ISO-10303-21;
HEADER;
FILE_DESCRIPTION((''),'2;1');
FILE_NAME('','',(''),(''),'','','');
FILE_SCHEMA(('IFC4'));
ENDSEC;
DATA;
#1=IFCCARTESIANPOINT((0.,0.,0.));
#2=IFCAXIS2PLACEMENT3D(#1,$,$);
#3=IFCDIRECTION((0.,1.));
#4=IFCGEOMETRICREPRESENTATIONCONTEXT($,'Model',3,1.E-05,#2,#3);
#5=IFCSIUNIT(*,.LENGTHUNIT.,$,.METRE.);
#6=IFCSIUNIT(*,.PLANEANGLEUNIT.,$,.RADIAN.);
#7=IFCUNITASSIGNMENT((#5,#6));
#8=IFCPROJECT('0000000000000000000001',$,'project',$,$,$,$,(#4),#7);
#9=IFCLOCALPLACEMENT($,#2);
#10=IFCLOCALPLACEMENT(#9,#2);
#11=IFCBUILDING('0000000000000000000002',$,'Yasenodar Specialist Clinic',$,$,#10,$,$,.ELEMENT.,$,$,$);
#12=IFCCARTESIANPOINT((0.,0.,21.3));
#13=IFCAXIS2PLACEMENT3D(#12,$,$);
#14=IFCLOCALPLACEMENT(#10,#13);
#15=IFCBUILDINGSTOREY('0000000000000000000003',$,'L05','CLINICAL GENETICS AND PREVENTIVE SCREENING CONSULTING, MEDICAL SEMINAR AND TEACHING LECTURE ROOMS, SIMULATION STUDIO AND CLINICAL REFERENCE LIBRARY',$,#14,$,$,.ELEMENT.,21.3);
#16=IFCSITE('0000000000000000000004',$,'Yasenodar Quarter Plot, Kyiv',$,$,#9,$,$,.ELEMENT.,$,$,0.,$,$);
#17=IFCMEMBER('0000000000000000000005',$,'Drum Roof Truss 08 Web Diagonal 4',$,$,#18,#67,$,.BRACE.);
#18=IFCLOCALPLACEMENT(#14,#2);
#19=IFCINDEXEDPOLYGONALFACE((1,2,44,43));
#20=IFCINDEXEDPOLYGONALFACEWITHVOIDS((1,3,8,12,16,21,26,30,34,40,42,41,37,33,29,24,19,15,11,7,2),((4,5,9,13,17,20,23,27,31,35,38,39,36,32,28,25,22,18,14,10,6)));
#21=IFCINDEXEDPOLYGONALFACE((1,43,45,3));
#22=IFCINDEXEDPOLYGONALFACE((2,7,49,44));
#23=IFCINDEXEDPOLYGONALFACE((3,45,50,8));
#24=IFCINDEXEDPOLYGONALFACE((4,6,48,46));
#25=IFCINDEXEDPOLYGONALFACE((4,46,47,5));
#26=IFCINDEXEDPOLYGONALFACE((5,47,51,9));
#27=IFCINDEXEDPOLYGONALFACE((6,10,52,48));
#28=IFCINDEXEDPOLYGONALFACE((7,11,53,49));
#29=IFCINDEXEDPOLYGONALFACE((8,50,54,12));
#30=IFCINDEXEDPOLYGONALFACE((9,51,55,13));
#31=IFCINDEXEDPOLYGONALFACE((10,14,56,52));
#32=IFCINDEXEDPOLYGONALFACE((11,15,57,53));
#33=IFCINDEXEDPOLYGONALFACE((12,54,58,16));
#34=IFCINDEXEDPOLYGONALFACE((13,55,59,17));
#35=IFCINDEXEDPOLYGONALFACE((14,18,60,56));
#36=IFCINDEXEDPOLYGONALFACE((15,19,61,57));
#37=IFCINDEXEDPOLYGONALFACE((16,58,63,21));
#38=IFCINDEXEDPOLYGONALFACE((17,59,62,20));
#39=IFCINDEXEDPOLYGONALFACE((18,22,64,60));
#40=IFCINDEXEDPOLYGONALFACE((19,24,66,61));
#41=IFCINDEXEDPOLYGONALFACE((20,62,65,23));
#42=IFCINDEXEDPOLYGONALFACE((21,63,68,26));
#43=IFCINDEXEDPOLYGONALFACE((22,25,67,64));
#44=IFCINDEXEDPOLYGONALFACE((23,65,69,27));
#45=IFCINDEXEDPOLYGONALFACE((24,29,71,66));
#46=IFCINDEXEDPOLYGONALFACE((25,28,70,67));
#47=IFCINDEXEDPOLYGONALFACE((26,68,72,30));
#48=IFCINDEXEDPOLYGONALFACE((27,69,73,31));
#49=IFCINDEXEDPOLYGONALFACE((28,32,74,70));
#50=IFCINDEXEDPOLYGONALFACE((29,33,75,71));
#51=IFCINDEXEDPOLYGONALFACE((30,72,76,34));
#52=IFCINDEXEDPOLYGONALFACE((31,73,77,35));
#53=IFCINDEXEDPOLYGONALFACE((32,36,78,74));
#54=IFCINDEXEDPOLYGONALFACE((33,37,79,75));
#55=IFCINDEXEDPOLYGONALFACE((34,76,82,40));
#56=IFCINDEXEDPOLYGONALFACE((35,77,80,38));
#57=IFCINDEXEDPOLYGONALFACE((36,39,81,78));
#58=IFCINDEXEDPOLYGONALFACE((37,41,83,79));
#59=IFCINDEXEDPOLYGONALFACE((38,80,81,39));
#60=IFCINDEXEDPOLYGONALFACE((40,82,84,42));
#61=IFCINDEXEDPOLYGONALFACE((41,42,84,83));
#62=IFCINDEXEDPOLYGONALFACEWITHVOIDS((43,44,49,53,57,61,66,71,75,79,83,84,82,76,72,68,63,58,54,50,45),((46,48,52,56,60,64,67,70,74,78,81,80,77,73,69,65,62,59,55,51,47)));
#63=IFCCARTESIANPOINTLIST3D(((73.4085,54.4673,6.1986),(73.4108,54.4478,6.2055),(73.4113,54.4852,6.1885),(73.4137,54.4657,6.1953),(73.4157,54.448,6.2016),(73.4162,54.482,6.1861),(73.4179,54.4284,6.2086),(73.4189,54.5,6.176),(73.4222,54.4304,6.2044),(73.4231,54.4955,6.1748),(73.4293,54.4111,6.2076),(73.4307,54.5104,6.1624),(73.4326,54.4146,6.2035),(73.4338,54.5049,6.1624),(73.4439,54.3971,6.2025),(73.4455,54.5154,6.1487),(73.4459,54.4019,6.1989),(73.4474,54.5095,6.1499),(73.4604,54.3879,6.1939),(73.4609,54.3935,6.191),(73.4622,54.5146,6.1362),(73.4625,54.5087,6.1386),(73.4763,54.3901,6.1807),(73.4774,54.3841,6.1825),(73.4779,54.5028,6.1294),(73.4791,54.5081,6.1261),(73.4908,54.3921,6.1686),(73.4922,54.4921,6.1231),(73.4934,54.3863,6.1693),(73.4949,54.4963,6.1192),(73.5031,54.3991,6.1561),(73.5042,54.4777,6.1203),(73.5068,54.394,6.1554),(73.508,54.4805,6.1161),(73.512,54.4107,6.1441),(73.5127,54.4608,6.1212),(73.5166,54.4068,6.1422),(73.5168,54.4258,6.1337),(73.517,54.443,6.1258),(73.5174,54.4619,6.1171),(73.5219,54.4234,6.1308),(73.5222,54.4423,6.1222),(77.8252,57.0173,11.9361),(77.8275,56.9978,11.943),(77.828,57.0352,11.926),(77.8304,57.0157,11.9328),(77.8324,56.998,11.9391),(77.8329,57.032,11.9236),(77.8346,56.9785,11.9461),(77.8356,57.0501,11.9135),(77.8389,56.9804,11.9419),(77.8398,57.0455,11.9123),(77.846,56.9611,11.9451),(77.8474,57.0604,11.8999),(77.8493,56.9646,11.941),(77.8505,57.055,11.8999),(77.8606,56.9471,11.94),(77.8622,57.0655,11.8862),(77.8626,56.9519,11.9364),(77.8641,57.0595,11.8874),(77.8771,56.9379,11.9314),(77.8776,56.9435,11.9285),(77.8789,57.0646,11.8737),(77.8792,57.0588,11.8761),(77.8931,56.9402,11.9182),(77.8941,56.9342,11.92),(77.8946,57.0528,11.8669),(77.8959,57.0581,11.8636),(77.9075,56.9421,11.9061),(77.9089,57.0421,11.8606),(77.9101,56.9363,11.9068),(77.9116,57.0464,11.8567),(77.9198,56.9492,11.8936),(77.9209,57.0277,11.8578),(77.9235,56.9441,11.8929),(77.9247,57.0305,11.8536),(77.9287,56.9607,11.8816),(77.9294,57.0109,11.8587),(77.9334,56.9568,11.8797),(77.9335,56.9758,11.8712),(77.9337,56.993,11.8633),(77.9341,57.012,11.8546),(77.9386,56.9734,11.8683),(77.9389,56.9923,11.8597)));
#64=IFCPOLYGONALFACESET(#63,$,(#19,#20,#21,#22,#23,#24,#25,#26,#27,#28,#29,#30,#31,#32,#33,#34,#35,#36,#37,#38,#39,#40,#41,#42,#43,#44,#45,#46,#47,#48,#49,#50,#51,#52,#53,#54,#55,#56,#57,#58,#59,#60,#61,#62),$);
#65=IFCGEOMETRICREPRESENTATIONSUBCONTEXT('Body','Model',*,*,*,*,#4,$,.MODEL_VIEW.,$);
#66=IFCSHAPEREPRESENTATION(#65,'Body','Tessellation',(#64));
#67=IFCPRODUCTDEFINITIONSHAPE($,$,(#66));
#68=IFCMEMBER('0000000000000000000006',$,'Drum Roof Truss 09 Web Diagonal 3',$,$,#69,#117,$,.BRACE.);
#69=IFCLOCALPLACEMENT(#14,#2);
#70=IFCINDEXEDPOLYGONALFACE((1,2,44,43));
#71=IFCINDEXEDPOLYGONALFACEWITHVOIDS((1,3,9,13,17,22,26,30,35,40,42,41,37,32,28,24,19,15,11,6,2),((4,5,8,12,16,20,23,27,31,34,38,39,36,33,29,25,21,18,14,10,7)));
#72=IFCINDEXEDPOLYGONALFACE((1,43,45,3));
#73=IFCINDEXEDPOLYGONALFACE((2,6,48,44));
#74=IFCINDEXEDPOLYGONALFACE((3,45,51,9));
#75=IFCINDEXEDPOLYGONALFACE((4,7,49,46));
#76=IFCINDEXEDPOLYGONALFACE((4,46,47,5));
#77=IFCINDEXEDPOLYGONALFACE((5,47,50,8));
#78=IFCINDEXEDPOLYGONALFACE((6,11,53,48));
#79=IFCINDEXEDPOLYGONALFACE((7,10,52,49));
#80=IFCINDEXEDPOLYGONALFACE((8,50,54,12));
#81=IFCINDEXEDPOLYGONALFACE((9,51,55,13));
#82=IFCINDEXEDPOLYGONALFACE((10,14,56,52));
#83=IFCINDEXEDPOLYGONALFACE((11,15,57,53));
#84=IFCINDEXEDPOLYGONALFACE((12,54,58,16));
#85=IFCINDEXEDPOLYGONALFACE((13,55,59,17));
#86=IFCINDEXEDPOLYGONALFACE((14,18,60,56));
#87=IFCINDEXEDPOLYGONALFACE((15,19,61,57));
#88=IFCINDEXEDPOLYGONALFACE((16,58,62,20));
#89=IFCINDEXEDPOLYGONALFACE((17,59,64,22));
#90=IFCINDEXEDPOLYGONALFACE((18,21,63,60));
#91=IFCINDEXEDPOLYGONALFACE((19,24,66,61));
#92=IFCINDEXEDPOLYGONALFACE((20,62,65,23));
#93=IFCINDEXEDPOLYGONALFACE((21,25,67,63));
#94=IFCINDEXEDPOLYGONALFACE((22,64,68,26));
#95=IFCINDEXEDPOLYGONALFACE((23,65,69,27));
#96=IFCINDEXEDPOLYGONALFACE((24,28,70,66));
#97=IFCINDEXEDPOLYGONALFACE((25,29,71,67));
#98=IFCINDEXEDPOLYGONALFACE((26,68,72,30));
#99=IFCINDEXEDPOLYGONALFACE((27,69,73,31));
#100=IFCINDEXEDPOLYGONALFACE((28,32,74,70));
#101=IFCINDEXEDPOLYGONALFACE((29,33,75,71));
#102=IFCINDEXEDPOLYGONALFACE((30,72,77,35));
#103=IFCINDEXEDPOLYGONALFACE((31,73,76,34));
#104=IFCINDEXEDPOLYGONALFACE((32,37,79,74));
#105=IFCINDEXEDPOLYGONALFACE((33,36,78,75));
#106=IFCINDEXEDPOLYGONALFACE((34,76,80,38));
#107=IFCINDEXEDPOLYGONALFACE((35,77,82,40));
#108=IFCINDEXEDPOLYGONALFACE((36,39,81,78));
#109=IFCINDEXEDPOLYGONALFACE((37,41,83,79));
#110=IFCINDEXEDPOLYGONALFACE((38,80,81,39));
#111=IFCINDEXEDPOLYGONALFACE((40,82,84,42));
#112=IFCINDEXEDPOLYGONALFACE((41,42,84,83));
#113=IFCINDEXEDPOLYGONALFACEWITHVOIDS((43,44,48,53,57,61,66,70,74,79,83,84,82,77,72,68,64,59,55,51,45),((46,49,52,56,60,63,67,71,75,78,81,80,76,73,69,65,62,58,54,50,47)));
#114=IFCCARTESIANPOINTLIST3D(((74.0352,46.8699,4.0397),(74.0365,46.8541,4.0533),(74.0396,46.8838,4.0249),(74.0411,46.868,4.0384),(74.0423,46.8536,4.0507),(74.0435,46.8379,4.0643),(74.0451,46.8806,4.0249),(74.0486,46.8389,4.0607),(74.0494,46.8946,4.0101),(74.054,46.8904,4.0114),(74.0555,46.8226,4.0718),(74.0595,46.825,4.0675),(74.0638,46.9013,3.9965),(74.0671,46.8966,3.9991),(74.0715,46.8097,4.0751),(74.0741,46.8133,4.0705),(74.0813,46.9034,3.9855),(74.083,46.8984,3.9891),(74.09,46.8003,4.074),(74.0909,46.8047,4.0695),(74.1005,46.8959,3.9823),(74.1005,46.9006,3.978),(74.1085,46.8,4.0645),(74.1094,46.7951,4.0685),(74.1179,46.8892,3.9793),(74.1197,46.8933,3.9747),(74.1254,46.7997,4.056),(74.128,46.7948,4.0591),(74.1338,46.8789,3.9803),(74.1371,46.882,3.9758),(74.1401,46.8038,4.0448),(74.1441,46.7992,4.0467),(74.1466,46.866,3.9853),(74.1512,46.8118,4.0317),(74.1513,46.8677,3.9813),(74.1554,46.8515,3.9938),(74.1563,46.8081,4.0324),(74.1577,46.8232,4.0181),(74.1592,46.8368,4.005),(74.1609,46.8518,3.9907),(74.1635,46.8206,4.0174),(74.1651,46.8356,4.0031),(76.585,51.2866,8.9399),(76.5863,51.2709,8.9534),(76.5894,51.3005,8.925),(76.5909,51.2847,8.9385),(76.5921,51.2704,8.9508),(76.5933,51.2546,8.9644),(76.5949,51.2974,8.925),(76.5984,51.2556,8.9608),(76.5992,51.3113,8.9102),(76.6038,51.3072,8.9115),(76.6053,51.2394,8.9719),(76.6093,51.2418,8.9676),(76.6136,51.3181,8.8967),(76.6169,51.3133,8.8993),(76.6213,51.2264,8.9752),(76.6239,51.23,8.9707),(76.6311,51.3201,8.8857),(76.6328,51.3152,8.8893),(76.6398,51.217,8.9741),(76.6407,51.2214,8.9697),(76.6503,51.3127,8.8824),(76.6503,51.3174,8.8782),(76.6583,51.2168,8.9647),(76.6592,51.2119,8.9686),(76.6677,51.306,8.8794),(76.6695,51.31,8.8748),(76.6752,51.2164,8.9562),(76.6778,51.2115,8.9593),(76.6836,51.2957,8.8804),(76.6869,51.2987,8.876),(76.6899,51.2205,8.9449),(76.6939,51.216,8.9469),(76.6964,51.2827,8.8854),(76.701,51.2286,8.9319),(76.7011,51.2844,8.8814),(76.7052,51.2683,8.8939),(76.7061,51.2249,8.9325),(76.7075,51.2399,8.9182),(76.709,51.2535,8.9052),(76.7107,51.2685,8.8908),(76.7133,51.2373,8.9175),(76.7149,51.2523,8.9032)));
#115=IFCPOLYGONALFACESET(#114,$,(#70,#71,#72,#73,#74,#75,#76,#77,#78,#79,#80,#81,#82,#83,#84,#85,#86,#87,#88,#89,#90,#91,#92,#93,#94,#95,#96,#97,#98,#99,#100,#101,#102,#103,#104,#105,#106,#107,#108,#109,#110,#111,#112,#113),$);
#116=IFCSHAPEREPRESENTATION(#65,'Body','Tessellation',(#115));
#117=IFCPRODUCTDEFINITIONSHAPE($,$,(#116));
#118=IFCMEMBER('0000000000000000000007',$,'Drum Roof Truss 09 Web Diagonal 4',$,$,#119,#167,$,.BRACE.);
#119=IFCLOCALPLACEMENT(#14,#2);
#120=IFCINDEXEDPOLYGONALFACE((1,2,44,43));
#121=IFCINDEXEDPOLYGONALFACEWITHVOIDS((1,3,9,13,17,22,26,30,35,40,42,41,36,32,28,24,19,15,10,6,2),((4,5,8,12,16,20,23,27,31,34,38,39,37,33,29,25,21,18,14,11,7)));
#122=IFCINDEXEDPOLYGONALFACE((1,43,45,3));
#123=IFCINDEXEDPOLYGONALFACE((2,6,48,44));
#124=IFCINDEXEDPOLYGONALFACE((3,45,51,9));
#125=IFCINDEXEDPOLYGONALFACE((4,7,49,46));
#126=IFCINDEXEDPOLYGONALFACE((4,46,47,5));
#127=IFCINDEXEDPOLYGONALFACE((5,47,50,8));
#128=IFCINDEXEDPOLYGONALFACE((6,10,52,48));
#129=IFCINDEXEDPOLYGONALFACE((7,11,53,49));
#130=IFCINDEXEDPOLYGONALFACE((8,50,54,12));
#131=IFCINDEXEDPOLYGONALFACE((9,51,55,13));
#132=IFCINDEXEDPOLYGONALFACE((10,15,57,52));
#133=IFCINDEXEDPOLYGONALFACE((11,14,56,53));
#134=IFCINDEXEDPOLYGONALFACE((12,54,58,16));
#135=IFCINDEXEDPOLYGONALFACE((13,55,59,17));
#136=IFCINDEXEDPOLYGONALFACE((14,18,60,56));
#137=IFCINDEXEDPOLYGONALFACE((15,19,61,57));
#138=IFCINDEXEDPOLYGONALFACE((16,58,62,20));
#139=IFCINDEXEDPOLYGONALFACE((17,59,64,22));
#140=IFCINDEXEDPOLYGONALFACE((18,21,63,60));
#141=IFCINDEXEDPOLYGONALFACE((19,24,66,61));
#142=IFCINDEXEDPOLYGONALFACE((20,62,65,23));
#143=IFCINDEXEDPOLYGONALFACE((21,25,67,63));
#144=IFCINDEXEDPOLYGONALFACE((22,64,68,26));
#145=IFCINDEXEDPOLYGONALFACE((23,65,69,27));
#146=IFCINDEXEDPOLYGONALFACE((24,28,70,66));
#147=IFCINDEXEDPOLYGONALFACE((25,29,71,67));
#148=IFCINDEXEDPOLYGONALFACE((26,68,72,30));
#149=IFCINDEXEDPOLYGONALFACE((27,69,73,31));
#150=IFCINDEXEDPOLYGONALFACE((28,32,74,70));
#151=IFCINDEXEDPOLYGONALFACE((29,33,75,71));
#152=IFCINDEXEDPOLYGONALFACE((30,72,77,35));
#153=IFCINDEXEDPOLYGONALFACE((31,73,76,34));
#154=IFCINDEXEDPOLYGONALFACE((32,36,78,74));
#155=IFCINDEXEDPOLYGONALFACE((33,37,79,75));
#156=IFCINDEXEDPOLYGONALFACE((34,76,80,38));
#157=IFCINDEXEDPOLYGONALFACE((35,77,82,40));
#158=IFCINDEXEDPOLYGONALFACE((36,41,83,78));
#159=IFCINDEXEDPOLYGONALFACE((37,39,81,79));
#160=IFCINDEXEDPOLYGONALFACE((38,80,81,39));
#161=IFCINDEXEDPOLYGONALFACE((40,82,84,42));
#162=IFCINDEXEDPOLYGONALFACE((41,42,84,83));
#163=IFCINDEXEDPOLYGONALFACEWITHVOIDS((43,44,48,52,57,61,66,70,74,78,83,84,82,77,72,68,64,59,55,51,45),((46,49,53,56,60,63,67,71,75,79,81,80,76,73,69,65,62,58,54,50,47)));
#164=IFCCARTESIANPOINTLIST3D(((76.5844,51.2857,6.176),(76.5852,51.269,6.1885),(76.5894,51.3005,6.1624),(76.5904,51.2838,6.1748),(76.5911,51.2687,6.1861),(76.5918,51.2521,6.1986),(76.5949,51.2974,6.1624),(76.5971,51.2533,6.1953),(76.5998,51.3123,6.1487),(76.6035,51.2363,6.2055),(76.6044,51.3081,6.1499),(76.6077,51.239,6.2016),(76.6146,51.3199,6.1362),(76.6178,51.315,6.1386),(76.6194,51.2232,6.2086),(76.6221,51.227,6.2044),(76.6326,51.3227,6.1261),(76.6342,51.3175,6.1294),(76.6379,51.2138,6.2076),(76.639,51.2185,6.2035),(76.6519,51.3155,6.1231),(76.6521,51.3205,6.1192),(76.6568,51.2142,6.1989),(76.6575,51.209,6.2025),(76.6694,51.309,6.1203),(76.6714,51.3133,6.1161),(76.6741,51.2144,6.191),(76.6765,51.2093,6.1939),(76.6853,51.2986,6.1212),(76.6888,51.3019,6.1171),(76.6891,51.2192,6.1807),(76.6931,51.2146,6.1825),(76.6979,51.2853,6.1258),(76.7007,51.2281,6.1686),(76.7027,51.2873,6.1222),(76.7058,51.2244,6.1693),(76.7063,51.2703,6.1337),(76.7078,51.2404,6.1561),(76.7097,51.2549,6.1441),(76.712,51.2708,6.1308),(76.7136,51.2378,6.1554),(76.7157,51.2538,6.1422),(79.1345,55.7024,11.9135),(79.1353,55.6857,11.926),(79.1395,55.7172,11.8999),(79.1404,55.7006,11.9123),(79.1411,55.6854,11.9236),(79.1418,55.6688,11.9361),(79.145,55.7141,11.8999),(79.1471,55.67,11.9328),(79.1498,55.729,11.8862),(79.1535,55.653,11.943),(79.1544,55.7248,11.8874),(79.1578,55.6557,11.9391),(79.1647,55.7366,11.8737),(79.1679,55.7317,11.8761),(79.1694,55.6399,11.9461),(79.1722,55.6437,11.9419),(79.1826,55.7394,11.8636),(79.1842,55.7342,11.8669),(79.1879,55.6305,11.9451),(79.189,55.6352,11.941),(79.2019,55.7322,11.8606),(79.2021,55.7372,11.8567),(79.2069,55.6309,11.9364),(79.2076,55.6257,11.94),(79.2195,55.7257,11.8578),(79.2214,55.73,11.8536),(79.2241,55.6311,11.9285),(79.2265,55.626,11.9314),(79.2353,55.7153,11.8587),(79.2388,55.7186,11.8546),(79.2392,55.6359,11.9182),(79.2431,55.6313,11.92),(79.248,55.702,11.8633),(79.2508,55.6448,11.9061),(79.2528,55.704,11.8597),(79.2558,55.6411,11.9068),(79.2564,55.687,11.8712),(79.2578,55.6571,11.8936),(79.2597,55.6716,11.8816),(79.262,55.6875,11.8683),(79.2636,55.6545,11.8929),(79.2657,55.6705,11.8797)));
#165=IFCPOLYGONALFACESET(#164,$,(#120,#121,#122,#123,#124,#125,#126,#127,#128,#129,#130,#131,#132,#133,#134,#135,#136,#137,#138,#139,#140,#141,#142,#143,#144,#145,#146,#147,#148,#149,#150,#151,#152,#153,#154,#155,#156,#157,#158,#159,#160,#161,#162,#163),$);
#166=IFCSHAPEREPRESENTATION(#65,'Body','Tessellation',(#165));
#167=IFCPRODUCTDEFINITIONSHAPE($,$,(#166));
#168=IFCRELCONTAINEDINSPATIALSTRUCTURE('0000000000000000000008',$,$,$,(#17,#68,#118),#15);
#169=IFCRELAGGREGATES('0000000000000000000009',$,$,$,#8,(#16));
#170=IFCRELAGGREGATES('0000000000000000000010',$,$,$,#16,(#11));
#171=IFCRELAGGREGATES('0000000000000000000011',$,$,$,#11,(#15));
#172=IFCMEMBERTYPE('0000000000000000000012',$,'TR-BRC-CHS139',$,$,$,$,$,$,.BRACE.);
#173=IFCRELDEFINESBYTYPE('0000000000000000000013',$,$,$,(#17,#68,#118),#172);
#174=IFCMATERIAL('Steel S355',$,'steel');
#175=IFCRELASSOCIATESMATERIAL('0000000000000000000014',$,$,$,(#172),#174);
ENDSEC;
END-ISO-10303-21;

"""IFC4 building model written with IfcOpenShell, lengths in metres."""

from ifc_helpers import new_model, si_unit, direction, frame, origin, origin_2d, place, context, subcontext, project, spatial, hollow_circle, extrude, material, material_profile, profile_set, type_object, element, save


model = new_model("IFC4")

# Units and contexts
model_context = context("Model", 3, precision=1e-05, world=origin(), true_north=direction((0.0, 1.0)))
body_context = subcontext(model_context, "Body", "Model", "MODEL_VIEW")
ifc_project = project(units=[si_unit("LENGTHUNIT", "METRE"), si_unit("PLANEANGLEUNIT", "RADIAN")], contexts=[model_context])

# Site, building, storey
site_placement = place(None, origin())
site = spatial("IfcSite", under=ifc_project, at=site_placement, Name="Yasenodar Quarter Plot, Kyiv", CompositionType="ELEMENT", RefElevation=0.0)
building_placement = place(site_placement, origin())
building = spatial("IfcBuilding", under=site, at=building_placement, Name="Yasenodar Specialist Clinic", CompositionType="ELEMENT")
storey_placement = place(building_placement, frame((0.0, 0.0, 21.3)))
storey = spatial("IfcBuildingStorey", under=building, at=storey_placement, Name="L05", Description="CLINICAL GENETICS AND PREVENTIVE SCREENING CONSULTING, MEDICAL SEMINAR AND TEACHING LECTURE ROOMS, SIMULATION STUDIO AND CLINICAL REFERENCE LIBRARY", CompositionType="ELEMENT", Elevation=21.3)

# Shared definitions
ifc_material = material(Name="Steel S355", Category="steel")

# Members
ifc_material_profile_1 = material_profile(ifc_material, hollow_circle(Radius=0.0698, WallThickness=0.0063, at=origin_2d()), Name="CHS 139.7x6.3")
ifc_profile_set_1 = profile_set([ifc_material_profile_1], Name="Steel S355")
member_type_1 = type_object("IfcMemberType", Name="TR-BRC-CHS139", PredefinedType="BRACE", material=ifc_profile_set_1)
member_1_placement = place(storey_placement, frame((73.4656, 54.45, 6.1624), z_axis=(0.575354, 0.332186, 0.74741), x_axis=(-0.500006, 0.866022, 0.0)))
element("IfcMember", 1, at=member_1_placement, inside=storey, type_object=member_type_1, Name="Drum Roof Truss 08 Web Diagonal 4", PredefinedType="BRACE", context=body_context, shape_type="SweptSolid", body=[
    extrude(hollow_circle(Radius=0.0698, WallThickness=0.0063, at=origin_2d()), origin(), (0.0, 0.0, 1.0), 7.6765),
])
member_2_placement = place(storey_placement, frame((74.1001, 46.8489, 4.0249), z_axis=(0.360523, 0.624494, 0.692843), x_axis=(-0.866043, 0.49997, 0.0)))
element("IfcMember", 2, at=member_2_placement, inside=storey, type_object=member_type_1, Name="Drum Roof Truss 09 Web Diagonal 3", PredefinedType="BRACE", context=body_context, shape_type="SweptSolid", body=[
    extrude(hollow_circle(Radius=0.0698, WallThickness=0.0063, at=origin_2d()), origin(), (0.0, 0.0, 1.0), 7.0725),
])
for number, where, z_axis, x_axis, name in (
    (3, (76.6499, 51.2656, 6.1624), (0.332186, 0.575354, 0.74741), (-0.866022, 0.500006, 0.0), "Drum Roof Truss 09 Web Diagonal 4"),
):
    element("IfcMember", number, at=place(storey_placement, frame(where, z_axis=z_axis, x_axis=x_axis)), inside=storey, type_object=member_type_1, Name=name, PredefinedType="BRACE", context=body_context, shape_type="SweptSolid", body=[
        extrude(hollow_circle(Radius=0.0698, WallThickness=0.0063, at=origin_2d()), origin(), (0.0, 0.0, 1.0), 7.6765),
    ])

save(model, "model.ifc")
